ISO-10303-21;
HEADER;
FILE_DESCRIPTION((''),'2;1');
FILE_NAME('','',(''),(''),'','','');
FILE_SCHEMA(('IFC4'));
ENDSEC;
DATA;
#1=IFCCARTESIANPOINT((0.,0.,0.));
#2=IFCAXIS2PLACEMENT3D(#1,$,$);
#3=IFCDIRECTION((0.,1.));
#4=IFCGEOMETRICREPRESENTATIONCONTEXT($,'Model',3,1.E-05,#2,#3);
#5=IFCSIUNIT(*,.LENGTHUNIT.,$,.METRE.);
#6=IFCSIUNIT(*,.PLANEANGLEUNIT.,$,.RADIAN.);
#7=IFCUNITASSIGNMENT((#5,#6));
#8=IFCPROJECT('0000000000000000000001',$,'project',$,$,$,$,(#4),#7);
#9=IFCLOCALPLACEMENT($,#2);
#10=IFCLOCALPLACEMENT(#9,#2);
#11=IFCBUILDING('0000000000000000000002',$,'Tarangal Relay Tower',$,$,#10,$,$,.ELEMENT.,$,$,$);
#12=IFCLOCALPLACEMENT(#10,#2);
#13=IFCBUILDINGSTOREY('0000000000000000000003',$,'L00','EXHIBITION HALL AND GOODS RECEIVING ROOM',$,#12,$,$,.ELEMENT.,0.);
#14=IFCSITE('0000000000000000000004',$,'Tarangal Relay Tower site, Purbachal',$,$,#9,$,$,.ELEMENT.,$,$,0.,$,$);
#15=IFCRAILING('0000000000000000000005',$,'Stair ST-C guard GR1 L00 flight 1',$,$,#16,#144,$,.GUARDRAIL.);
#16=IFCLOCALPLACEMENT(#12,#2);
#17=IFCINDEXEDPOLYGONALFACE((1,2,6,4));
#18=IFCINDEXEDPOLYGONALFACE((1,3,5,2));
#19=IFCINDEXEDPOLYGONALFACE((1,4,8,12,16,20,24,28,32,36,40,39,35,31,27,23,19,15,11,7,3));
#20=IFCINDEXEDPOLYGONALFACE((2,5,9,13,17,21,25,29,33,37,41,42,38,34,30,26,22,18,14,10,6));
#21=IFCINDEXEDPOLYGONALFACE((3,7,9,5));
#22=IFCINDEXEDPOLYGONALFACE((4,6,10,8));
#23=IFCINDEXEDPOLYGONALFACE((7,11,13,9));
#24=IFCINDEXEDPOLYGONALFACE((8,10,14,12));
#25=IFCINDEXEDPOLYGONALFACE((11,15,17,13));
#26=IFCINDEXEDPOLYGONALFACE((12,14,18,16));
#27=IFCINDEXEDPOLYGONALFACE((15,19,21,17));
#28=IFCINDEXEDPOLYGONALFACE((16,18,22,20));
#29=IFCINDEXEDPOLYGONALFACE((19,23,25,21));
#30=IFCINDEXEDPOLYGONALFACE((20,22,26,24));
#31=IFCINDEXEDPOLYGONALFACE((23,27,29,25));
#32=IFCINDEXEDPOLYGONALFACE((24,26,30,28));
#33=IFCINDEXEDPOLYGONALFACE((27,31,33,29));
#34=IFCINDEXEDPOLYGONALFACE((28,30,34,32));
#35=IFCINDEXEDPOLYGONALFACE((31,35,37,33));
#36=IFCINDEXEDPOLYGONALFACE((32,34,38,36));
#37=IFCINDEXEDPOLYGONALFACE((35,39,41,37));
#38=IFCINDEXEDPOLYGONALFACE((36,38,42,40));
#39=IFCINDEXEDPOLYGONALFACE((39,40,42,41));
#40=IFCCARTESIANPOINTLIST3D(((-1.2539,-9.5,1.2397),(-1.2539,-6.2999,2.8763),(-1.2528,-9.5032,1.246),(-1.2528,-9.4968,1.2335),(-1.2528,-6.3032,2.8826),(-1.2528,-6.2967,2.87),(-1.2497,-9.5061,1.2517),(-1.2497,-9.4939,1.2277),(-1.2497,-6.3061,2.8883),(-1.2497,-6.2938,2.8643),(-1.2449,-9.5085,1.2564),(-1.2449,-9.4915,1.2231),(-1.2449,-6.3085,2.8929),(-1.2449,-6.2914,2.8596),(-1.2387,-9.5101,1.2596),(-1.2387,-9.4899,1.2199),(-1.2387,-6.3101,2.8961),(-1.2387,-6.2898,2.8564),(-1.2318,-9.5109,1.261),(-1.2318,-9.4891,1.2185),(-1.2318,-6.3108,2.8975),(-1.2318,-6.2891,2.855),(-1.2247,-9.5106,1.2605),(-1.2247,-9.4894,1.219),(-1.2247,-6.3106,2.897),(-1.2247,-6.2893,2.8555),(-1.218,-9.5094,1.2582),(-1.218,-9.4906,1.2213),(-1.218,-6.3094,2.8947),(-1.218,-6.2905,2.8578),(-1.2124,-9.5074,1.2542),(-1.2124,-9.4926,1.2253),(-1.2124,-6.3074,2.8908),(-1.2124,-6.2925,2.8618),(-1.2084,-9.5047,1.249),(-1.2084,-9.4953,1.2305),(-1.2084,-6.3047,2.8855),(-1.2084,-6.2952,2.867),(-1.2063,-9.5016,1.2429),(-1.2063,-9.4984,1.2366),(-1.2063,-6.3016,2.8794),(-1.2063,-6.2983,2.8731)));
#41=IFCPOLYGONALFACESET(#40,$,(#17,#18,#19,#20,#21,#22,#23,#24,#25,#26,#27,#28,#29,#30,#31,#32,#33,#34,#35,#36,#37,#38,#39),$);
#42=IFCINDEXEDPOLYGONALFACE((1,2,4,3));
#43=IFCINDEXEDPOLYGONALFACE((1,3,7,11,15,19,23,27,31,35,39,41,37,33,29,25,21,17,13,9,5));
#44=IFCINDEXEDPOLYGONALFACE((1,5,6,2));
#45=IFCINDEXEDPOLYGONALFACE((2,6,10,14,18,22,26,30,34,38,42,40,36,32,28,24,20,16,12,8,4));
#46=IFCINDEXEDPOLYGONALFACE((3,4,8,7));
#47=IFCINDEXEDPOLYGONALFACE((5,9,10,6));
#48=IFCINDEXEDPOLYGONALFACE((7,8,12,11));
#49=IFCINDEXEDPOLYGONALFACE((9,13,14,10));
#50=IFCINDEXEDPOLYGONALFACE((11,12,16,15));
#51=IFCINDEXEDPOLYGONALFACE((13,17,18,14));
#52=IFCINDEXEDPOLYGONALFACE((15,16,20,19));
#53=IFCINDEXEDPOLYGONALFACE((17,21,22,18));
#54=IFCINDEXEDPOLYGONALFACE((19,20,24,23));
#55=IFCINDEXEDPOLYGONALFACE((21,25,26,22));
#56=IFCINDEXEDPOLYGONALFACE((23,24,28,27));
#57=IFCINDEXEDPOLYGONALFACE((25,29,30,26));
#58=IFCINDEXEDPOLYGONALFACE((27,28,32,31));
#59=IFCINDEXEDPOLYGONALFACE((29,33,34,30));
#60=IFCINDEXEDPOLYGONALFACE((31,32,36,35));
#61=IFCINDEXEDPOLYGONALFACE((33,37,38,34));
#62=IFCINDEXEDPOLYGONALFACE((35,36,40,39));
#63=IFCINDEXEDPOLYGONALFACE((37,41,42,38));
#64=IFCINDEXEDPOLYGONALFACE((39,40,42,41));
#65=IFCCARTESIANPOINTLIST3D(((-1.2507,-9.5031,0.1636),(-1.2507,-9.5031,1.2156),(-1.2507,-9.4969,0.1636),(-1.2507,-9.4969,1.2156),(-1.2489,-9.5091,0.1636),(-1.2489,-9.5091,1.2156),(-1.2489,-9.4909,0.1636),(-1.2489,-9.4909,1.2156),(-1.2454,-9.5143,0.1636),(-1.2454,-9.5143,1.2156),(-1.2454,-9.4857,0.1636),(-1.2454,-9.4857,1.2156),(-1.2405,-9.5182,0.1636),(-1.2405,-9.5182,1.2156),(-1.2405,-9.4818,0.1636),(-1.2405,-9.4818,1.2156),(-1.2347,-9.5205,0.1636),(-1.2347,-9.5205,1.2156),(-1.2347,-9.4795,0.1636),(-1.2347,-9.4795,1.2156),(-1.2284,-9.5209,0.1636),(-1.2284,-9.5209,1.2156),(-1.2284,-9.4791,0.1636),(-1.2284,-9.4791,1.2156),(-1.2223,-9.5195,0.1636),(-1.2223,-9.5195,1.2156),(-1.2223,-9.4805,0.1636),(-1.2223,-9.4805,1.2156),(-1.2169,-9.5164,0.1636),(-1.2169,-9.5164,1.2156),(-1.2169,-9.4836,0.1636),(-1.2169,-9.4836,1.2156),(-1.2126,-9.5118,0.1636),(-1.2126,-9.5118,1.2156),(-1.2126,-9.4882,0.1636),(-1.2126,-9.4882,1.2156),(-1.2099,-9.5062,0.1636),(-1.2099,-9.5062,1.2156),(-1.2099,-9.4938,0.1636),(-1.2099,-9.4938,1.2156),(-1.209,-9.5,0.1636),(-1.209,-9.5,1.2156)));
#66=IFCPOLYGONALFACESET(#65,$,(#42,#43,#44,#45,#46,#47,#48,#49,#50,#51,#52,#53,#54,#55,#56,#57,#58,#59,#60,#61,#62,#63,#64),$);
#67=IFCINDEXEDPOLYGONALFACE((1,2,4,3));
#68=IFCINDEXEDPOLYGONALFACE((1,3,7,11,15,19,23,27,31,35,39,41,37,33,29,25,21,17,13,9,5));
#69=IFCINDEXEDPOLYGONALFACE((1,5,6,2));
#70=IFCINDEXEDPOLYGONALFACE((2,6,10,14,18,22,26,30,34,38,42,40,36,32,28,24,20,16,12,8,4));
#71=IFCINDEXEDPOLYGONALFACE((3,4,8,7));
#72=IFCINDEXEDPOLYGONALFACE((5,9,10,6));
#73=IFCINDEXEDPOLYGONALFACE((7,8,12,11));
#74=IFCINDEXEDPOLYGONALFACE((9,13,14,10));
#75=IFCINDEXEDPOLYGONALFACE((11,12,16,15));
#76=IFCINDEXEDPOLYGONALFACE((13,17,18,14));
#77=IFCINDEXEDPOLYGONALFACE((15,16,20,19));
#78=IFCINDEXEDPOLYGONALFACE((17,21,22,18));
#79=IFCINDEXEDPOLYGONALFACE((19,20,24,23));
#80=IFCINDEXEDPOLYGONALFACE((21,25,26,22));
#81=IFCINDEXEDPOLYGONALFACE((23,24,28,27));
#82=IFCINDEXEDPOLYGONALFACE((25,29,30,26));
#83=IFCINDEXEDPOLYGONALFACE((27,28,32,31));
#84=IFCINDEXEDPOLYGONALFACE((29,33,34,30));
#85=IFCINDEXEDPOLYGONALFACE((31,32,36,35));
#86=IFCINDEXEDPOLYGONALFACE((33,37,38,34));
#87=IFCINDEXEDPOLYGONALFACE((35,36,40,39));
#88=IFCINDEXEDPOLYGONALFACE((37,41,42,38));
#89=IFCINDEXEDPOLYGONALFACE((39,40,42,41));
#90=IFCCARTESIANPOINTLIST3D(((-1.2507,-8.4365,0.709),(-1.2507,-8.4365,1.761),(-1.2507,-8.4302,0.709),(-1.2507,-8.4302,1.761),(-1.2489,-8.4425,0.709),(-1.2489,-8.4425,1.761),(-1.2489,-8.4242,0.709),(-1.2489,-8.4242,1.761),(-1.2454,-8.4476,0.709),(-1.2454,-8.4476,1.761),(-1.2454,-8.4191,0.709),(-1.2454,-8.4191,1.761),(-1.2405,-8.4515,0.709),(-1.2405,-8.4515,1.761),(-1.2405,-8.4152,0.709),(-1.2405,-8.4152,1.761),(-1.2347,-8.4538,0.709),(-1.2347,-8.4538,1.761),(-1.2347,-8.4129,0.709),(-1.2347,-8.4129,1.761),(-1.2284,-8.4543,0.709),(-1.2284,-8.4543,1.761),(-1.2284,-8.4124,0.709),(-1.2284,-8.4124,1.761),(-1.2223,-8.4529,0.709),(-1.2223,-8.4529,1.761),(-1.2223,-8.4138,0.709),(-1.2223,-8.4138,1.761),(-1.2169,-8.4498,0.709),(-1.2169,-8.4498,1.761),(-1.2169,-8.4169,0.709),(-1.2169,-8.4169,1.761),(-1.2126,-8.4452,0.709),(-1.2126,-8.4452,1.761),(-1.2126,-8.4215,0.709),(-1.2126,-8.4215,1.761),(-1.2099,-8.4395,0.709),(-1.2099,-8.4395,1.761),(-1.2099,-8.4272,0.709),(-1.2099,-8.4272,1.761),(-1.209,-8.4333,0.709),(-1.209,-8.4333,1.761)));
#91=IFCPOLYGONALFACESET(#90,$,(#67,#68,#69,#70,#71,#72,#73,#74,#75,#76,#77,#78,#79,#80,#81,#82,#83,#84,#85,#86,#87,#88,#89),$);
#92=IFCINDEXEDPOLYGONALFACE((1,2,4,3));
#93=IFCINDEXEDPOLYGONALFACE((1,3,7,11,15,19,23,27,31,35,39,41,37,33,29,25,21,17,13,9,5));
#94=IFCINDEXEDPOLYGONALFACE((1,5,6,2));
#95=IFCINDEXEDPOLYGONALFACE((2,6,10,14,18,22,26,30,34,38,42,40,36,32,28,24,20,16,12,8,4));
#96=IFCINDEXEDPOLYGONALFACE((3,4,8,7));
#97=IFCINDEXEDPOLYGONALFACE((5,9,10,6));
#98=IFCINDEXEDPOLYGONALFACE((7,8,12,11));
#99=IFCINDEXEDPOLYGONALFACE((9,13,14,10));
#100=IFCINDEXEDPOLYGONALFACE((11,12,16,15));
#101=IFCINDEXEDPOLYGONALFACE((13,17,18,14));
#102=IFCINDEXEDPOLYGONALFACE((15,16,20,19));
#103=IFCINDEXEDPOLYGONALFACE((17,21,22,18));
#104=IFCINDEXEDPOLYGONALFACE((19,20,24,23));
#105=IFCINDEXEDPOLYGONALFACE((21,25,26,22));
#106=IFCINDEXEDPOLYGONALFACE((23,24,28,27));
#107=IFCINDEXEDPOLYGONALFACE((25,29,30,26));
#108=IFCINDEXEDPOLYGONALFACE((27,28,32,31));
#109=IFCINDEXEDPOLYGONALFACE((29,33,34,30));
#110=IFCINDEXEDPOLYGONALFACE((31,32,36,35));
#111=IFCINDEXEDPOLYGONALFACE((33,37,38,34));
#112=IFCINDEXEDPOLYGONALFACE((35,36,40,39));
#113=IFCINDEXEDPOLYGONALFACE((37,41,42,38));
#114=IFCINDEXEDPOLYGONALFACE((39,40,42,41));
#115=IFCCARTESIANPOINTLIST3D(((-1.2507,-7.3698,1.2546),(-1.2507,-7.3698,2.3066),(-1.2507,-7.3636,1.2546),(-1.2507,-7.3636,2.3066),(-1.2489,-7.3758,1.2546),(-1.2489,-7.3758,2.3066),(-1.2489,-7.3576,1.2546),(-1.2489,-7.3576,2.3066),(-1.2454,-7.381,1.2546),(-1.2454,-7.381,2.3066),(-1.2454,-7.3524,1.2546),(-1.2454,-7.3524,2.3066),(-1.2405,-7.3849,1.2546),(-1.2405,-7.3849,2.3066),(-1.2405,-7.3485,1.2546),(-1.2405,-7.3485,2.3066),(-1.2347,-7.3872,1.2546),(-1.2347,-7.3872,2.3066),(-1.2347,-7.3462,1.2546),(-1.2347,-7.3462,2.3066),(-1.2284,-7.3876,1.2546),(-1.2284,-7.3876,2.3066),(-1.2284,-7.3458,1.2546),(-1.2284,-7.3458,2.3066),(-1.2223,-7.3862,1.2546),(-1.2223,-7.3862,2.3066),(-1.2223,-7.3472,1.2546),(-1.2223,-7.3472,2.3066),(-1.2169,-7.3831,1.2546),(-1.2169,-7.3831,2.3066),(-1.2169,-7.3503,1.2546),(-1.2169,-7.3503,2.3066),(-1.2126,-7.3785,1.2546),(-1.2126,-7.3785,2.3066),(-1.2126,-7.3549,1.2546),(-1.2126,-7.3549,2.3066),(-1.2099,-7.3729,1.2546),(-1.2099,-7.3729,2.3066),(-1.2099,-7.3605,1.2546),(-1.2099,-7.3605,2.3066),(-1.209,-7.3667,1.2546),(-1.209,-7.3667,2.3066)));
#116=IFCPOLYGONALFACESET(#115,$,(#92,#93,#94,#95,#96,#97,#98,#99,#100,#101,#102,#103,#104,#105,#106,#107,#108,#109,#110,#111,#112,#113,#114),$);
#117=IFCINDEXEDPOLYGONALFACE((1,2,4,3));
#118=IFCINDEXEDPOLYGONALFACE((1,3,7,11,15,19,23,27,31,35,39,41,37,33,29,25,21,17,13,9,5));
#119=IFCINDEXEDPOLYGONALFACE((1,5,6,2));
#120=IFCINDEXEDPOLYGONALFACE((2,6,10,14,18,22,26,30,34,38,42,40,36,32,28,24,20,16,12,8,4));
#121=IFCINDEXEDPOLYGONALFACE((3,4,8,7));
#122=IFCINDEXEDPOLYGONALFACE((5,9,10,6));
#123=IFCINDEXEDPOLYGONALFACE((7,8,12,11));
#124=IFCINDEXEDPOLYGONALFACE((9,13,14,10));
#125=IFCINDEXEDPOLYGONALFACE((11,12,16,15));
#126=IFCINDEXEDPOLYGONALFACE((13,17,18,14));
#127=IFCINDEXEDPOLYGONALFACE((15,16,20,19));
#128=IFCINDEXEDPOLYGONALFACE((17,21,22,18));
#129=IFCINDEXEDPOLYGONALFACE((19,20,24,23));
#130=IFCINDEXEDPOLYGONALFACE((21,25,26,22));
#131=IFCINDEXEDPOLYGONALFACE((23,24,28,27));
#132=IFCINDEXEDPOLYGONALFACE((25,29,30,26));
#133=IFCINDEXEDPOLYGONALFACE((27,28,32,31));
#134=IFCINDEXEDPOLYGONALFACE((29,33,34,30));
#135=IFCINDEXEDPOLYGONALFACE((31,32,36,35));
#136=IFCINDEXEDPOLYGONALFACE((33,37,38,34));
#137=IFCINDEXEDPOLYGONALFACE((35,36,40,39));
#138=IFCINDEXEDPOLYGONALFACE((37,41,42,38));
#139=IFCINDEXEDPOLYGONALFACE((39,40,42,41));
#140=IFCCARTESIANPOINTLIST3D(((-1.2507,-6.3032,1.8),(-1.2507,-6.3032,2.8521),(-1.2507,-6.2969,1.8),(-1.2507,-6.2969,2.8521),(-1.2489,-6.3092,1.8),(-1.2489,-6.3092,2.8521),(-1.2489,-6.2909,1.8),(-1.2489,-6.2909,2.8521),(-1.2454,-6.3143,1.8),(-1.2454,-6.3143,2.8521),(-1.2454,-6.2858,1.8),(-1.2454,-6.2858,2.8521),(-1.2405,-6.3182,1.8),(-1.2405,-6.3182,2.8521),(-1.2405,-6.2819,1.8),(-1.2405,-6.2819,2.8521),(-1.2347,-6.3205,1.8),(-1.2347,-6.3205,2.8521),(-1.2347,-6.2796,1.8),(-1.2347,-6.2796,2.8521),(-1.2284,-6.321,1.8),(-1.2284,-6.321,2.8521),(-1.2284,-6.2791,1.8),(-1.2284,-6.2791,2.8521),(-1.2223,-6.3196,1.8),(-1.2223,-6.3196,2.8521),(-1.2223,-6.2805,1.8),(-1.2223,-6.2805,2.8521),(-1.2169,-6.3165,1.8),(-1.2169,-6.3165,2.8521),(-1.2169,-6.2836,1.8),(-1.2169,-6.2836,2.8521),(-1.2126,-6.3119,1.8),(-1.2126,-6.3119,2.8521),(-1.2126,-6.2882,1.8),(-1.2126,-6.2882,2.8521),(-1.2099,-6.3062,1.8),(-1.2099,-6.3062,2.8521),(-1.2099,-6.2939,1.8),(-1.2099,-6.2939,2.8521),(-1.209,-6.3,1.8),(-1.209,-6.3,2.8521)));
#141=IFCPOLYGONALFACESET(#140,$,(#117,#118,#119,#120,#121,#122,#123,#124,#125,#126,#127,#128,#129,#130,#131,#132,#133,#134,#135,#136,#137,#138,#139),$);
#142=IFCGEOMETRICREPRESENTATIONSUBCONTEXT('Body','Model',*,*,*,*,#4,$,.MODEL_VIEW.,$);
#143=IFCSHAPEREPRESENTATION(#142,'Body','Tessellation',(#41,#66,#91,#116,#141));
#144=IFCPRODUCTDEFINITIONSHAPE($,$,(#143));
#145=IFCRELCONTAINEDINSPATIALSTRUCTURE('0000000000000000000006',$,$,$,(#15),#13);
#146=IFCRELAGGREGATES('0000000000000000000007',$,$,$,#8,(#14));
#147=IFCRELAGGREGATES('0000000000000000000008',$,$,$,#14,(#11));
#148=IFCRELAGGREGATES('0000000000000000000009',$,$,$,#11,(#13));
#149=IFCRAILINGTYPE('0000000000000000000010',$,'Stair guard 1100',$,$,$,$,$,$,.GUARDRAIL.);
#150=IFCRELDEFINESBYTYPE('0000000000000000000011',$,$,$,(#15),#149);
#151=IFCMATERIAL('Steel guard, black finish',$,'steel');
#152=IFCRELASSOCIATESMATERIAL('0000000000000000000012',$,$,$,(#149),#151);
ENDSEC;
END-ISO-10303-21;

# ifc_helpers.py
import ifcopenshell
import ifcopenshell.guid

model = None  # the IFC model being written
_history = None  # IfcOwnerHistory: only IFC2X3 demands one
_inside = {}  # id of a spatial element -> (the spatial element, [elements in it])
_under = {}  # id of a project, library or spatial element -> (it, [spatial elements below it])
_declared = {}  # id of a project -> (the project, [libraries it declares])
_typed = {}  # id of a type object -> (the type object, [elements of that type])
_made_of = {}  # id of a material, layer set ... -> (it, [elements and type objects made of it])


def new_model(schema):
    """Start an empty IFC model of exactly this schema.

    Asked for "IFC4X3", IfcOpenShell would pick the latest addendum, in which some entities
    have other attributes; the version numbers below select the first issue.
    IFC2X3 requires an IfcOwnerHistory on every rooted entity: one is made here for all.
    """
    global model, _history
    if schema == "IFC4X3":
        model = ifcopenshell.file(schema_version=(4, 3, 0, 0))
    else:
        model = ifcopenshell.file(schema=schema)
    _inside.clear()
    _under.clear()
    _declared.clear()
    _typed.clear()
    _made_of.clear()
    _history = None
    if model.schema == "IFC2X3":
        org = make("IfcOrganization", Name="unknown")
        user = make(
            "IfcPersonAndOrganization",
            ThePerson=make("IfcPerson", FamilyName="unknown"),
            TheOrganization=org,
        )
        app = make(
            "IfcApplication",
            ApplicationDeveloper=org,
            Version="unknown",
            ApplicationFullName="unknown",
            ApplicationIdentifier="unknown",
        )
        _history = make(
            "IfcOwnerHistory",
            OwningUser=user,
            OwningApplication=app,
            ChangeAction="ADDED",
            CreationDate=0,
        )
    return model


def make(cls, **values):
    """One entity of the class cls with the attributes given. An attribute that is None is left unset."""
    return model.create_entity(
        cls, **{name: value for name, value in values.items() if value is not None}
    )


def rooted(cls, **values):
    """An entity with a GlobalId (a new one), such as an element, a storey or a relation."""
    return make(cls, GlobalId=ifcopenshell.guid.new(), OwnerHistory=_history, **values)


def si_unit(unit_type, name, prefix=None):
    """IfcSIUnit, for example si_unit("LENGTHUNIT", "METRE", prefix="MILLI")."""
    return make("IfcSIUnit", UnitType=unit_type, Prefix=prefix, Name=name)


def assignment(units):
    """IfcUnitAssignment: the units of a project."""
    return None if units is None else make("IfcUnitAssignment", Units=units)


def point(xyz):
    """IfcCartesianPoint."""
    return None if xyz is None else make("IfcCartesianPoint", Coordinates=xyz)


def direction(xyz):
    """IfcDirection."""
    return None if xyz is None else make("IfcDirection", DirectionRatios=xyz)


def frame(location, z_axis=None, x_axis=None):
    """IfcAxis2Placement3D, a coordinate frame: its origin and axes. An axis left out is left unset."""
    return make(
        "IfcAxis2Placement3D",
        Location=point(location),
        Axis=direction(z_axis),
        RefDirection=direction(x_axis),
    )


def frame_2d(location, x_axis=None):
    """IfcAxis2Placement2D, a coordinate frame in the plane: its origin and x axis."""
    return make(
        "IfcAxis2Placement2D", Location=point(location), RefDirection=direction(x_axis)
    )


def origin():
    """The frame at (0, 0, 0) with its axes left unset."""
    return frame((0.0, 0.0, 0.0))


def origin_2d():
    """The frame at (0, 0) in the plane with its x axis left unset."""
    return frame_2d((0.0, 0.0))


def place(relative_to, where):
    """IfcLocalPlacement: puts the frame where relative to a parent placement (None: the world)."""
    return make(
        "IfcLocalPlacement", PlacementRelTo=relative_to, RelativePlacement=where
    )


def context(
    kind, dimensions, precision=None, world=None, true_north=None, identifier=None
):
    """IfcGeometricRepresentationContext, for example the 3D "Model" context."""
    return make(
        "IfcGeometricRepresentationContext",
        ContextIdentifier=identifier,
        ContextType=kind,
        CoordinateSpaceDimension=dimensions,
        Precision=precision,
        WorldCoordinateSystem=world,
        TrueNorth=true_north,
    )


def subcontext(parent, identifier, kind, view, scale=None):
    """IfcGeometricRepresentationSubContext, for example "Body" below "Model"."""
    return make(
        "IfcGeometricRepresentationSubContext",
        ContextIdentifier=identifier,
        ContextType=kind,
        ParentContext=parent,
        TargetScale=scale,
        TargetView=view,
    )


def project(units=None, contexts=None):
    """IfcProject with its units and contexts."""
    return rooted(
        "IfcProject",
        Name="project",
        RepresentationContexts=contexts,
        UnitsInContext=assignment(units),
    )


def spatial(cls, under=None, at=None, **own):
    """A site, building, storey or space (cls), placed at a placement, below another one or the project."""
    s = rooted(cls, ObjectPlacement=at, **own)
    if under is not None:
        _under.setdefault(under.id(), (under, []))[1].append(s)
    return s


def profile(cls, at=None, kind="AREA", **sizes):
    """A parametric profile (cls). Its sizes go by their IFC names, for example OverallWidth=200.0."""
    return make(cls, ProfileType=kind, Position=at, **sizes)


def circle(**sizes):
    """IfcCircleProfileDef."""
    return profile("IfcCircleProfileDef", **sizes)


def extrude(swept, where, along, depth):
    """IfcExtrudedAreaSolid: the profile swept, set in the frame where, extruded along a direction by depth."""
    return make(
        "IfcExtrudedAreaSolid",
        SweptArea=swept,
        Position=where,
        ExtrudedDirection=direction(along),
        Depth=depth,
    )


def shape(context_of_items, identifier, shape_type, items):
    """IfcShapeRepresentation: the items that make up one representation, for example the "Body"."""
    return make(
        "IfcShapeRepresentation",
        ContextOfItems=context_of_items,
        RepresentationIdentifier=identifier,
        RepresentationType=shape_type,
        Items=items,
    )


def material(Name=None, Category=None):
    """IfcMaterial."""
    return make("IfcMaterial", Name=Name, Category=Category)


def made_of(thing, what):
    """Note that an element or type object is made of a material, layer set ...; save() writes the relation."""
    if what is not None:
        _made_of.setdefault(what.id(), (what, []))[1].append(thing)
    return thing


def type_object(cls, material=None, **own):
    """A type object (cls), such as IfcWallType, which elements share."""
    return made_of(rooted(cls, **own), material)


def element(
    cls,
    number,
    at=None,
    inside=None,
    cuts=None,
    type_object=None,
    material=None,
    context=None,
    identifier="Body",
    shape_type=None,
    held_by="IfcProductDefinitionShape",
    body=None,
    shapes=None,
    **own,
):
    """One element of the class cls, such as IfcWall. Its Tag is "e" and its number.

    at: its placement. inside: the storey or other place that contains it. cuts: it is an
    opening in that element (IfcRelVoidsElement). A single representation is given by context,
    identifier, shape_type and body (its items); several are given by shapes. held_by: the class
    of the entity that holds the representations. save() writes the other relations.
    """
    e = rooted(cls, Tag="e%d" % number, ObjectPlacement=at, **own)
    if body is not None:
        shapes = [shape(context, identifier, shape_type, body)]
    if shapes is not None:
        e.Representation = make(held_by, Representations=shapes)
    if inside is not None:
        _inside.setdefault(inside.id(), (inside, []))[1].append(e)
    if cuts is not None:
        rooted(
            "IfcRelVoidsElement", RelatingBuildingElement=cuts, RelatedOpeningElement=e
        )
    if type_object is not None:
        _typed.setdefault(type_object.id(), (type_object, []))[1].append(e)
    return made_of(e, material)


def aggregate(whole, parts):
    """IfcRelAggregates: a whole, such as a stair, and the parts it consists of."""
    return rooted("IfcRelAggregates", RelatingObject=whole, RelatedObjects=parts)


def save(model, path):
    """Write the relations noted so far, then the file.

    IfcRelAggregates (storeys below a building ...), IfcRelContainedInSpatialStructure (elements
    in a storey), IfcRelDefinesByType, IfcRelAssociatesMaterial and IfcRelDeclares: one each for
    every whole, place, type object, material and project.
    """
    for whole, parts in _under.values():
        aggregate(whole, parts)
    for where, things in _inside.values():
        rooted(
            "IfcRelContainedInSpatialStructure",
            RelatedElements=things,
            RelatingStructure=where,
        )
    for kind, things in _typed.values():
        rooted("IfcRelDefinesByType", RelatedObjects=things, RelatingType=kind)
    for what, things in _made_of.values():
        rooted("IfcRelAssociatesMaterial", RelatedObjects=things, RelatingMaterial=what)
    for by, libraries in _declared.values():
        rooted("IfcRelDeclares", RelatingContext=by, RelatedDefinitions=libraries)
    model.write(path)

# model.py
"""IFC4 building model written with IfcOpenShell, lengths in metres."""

from ifc_helpers import new_model, si_unit, direction, frame, origin, origin_2d, place, context, subcontext, project, spatial, circle, extrude, material, type_object, element, save


model = new_model("IFC4")

# Units and contexts
model_context = context("Model", 3, precision=1e-05, world=origin(), true_north=direction((0.0, 1.0)))
body_context = subcontext(model_context, "Body", "Model", "MODEL_VIEW")
ifc_project = project(units=[si_unit("LENGTHUNIT", "METRE"), si_unit("PLANEANGLEUNIT", "RADIAN")], contexts=[model_context])

# Site, building, storey
site_placement = place(None, origin())
site = spatial("IfcSite", under=ifc_project, at=site_placement, Name="Tarangal Relay Tower site, Purbachal", CompositionType="ELEMENT", RefElevation=0.0)
building_placement = place(site_placement, origin())
building = spatial("IfcBuilding", under=site, at=building_placement, Name="Tarangal Relay Tower", CompositionType="ELEMENT")
storey_placement = place(building_placement, origin())
storey = spatial("IfcBuildingStorey", under=building, at=storey_placement, Name="L00", Description="EXHIBITION HALL AND GOODS RECEIVING ROOM", CompositionType="ELEMENT", Elevation=0.0)

# Railing
ifc_material_1 = material(Name="Steel guard, black finish", Category="steel")
railing_type_1 = type_object("IfcRailingType", Name="Stair guard 1100", PredefinedType="GUARDRAIL", material=ifc_material_1)
railing_1_placement = place(storey_placement, frame((-1.23, -9.5, 0.1636)))
element("IfcRailing", 1, at=railing_1_placement, inside=storey, type_object=railing_type_1, Name="Stair ST-C guard GR1 L00 flight 1", PredefinedType="GUARDRAIL", context=body_context, shape_type="SweptSolid", body=[
    extrude(circle(Radius=0.0239, at=origin_2d()), frame((0.0, 0.0, 1.0762), z_axis=(0.0, 0.890328, 0.455319), x_axis=(-1.0, 0.0, 0.0)), (0.0, 0.0, 1.0), 3.5942),
    extrude(circle(Radius=0.021, at=origin_2d()), origin(), (0.0, 0.0, 1.0), 1.052),
    extrude(circle(Radius=0.021, at=origin_2d()), frame((0.0, 1.0667, 0.5454)), (0.0, 0.0, 1.0), 1.052),
    extrude(circle(Radius=0.021, at=origin_2d()), frame((0.0, 2.1333, 1.0911)), (0.0, 0.0, 1.0), 1.052),
    extrude(circle(Radius=0.021, at=origin_2d()), frame((0.0, 3.2, 1.6365)), (0.0, 0.0, 1.0), 1.052),
])

save(model, "model.ifc")
